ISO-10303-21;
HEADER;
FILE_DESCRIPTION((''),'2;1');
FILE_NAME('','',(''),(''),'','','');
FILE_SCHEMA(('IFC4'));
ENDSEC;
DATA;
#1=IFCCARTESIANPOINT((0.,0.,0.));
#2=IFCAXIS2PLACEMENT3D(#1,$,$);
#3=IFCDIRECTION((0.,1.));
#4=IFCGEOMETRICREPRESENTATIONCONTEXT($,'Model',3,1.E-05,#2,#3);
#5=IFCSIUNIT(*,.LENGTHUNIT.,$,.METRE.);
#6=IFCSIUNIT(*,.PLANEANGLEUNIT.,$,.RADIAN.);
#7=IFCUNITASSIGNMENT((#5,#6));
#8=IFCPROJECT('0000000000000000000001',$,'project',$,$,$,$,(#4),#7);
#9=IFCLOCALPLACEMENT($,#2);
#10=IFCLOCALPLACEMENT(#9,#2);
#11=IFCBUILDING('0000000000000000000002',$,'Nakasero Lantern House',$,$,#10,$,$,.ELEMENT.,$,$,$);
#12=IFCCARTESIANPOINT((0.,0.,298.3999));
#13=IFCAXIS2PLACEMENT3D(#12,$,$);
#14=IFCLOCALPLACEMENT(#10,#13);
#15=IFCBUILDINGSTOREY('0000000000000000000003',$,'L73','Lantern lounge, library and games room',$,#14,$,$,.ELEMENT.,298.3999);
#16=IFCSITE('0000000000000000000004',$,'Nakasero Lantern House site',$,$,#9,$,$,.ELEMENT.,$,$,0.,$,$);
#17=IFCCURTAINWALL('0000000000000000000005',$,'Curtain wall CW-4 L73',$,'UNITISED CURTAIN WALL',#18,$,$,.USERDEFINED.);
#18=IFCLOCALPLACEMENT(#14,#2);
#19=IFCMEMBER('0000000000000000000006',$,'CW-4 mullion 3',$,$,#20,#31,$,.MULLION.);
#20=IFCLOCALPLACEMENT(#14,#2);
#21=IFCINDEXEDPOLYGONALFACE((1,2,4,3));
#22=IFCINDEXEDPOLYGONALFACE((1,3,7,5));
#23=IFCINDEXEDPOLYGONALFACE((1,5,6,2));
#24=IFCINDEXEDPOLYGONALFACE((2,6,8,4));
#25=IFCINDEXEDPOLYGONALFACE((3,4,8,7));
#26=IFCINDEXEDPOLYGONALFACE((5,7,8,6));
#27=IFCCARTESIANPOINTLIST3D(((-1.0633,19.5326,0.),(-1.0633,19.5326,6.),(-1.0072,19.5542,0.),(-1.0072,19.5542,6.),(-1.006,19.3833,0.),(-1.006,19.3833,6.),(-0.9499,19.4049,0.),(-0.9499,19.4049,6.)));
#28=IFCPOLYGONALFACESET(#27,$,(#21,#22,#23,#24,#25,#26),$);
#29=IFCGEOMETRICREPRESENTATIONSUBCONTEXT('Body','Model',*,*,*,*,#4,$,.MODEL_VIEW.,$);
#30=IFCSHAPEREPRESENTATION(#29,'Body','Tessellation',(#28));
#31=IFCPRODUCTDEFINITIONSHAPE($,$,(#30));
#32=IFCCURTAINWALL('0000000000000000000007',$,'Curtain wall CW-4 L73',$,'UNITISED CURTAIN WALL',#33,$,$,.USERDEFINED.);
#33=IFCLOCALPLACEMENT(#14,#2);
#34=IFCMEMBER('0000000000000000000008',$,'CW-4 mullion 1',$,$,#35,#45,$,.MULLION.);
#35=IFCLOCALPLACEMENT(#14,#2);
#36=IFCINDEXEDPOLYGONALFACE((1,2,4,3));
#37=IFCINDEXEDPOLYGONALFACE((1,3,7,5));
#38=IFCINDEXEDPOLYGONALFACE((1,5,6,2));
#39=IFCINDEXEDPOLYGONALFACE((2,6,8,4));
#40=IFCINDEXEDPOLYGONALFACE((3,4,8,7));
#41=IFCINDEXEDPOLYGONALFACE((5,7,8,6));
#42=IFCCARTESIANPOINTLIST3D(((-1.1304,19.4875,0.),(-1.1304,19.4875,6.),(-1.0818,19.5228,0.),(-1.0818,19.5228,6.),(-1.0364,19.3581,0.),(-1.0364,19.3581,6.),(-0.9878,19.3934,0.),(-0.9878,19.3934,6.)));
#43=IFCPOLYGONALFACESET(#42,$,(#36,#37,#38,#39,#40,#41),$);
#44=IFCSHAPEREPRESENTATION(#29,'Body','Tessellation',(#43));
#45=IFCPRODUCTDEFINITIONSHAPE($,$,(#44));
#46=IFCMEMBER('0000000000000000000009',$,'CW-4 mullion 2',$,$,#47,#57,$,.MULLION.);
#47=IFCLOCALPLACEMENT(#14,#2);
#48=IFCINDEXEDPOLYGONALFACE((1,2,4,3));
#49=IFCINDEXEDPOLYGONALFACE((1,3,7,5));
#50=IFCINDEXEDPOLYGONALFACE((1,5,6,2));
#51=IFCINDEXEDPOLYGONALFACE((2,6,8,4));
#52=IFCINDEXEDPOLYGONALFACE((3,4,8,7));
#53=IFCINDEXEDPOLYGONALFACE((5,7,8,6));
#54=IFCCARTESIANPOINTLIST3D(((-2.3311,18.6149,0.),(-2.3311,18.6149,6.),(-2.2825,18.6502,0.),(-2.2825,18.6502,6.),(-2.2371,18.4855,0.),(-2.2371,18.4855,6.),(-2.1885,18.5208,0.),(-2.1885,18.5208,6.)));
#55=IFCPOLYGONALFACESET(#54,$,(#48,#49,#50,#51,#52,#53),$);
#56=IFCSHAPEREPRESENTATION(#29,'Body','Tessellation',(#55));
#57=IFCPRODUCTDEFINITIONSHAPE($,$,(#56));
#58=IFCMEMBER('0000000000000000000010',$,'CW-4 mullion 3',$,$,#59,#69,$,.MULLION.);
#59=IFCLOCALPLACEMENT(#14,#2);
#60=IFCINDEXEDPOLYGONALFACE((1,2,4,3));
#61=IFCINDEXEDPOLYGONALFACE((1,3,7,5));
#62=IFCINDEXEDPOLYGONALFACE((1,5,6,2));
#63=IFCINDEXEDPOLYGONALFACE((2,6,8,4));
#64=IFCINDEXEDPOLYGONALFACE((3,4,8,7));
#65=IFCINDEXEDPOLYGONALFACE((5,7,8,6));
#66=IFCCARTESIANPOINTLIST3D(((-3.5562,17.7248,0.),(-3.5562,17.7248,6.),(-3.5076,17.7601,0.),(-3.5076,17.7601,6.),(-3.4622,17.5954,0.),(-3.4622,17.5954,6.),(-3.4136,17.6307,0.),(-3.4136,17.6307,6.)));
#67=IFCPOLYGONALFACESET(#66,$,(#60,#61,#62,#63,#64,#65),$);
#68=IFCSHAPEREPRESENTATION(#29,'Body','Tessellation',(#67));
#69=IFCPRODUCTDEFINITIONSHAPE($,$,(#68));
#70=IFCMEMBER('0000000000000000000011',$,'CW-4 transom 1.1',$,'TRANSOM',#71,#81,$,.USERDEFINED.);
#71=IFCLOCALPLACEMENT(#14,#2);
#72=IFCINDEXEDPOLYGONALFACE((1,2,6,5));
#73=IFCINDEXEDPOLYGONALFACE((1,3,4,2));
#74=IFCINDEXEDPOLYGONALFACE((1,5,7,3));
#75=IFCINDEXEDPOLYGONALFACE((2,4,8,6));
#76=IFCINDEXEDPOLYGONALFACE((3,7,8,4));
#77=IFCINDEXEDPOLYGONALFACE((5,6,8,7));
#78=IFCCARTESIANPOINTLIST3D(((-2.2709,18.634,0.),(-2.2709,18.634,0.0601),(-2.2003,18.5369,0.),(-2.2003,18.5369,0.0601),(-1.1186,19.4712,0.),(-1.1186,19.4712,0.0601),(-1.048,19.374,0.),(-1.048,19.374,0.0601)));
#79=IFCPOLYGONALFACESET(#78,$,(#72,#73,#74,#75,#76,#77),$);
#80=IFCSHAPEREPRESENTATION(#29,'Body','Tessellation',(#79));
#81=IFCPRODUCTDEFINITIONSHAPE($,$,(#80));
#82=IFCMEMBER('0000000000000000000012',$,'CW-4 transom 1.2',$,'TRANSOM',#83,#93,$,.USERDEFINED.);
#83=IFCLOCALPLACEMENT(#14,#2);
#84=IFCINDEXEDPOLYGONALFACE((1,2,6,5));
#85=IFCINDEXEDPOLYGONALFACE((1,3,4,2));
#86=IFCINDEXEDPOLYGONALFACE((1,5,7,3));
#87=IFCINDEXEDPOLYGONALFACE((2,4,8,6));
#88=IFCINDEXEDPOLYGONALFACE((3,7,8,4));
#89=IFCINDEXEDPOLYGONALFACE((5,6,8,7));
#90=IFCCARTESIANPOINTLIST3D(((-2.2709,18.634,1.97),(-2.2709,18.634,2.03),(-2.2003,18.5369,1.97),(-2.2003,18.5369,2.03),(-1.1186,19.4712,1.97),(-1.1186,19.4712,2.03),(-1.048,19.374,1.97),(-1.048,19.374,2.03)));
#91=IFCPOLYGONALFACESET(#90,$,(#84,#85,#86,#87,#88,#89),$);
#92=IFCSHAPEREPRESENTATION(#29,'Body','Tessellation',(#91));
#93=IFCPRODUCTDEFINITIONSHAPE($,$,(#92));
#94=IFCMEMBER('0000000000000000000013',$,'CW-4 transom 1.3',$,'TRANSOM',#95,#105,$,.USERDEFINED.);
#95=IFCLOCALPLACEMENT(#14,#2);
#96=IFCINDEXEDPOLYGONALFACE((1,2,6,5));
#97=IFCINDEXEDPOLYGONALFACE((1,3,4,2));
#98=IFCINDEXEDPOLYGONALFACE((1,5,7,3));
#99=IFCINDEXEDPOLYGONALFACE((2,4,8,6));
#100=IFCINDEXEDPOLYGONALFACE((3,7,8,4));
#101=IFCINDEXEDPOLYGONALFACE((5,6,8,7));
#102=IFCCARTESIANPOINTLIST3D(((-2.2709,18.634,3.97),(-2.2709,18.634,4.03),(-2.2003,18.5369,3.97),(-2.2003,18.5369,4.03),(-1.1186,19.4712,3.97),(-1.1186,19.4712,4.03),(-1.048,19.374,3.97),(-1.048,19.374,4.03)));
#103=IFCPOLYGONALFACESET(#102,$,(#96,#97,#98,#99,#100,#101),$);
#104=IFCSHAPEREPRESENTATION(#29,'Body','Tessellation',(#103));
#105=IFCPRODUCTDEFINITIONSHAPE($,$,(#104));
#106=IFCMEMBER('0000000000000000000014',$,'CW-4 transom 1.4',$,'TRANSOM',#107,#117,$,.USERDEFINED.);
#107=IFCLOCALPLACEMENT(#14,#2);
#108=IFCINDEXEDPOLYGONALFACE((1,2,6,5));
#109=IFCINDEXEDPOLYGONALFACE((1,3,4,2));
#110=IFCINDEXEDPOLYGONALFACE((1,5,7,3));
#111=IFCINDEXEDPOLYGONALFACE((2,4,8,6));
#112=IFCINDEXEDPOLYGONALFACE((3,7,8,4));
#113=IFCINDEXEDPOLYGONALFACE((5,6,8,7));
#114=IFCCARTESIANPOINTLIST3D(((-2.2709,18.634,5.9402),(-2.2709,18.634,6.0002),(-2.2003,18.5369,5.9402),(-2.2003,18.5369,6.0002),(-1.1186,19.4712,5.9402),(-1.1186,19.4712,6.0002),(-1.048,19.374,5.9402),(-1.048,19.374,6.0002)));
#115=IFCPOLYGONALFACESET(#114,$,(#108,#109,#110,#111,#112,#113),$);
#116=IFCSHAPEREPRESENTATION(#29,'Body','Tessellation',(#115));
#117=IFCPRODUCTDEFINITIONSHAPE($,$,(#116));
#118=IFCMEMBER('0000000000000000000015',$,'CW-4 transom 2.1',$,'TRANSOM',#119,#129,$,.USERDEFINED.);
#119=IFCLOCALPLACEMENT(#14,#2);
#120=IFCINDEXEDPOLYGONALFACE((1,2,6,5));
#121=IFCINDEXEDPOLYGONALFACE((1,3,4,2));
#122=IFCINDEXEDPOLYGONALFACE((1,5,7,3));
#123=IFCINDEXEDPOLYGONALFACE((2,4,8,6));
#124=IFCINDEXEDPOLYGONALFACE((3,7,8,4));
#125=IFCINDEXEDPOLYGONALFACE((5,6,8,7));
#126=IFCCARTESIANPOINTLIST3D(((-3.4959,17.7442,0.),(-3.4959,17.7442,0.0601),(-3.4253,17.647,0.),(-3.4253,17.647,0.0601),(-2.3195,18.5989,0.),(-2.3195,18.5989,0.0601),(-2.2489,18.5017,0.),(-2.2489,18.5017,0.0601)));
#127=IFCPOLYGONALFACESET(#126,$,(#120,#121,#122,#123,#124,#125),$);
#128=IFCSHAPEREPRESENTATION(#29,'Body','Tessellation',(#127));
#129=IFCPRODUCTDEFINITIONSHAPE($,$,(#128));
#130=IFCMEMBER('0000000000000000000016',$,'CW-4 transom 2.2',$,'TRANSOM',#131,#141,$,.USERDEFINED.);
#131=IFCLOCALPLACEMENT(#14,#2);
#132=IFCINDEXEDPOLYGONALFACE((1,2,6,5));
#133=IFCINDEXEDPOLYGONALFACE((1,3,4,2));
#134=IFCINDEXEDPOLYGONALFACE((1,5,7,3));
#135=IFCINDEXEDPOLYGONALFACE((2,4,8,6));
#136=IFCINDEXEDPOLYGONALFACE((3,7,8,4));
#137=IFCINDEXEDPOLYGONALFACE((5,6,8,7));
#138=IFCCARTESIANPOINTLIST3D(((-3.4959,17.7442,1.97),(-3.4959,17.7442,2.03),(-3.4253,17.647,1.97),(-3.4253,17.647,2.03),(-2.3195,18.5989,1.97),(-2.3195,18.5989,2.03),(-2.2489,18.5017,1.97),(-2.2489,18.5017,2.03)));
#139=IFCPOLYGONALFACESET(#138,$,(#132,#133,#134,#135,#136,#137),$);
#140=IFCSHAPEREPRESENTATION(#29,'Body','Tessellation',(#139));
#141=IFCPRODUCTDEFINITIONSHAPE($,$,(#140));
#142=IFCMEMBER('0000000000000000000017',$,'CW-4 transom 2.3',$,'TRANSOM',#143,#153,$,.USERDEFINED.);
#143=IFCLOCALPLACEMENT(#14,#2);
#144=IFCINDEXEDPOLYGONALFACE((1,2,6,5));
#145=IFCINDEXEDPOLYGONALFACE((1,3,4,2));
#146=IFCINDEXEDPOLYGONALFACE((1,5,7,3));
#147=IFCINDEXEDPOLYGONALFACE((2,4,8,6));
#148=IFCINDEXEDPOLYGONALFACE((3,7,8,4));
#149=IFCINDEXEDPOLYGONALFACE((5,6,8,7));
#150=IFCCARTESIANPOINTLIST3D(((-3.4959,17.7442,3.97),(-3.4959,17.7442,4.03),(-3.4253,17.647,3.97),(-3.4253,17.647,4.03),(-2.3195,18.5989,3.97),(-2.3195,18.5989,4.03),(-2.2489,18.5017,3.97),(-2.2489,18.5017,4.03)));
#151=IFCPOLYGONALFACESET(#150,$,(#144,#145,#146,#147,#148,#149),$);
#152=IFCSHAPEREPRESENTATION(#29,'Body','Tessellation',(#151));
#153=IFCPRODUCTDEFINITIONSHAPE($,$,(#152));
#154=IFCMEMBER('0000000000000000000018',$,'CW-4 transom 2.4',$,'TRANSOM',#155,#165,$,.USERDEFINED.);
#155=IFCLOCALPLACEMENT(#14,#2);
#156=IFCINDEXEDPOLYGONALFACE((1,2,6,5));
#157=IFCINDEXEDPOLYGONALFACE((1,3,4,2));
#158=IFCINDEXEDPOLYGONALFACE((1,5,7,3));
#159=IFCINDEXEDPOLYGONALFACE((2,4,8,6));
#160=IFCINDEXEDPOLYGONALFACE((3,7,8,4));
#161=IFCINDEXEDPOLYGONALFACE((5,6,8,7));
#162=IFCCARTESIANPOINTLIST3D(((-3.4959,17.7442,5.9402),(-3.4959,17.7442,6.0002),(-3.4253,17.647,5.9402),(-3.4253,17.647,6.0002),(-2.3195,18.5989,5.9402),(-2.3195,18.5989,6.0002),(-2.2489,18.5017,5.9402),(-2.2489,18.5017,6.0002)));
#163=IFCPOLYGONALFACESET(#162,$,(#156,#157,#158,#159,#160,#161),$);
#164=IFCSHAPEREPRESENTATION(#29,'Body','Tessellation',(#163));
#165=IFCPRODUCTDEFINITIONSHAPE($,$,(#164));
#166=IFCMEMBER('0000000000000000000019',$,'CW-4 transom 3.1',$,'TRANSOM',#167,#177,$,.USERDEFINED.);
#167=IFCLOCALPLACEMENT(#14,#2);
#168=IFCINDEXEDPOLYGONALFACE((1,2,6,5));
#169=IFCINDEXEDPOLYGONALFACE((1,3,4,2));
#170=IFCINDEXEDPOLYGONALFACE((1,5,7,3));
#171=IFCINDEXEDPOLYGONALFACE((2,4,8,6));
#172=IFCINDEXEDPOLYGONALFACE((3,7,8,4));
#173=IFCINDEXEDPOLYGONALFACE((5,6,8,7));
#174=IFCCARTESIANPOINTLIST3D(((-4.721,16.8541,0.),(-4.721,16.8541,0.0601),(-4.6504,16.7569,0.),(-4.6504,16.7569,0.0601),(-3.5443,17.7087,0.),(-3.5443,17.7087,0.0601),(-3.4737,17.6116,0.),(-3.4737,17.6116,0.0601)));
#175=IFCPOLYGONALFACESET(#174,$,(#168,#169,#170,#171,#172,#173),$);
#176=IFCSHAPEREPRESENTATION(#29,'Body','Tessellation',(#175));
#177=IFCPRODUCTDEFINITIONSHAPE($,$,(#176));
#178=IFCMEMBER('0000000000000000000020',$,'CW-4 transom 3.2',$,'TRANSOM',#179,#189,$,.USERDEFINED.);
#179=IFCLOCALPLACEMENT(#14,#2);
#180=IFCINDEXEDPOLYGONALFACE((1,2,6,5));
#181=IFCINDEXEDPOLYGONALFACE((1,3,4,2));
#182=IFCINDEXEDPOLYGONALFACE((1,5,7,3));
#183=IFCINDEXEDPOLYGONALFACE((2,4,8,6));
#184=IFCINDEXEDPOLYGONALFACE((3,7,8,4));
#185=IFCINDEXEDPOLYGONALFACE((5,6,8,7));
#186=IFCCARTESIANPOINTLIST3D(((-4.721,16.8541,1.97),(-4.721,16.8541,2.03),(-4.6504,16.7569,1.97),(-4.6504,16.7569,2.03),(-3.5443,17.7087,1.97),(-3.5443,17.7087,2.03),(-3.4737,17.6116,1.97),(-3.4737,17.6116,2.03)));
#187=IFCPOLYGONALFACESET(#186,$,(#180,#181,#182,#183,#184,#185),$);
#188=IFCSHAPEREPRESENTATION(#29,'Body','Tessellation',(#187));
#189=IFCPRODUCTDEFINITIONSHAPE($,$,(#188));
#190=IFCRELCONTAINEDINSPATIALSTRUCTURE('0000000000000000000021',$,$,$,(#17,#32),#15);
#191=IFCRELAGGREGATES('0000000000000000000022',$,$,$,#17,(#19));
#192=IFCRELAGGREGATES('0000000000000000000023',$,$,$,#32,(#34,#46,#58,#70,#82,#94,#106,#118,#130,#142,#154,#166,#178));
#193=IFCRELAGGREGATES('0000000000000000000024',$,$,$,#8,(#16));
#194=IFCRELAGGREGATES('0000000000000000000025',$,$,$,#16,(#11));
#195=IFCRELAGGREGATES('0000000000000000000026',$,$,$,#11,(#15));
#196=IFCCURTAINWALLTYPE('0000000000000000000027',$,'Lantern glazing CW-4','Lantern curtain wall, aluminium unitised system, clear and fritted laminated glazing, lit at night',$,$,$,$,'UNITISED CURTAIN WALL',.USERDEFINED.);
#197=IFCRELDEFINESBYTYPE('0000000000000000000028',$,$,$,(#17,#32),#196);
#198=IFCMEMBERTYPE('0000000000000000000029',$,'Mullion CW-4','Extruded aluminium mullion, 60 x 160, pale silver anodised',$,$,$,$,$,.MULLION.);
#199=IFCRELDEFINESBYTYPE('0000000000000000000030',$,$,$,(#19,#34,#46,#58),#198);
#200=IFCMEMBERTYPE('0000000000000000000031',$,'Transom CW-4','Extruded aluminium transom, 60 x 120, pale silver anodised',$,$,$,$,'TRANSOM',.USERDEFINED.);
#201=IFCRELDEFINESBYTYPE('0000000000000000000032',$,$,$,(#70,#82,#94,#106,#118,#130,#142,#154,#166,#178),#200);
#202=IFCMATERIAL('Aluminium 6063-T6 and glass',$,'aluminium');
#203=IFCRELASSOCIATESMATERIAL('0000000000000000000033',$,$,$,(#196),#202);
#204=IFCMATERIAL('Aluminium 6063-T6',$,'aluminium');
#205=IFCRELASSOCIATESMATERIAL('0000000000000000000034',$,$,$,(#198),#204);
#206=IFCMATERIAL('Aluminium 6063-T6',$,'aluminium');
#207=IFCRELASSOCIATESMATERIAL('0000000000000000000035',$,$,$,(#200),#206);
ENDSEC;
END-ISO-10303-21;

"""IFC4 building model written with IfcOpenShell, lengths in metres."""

from ifc_helpers import new_model, si_unit, direction, frame, origin, origin_2d, place, context, subcontext, project, spatial, rectangle, extrude, material, material_profile, profile_set, type_object, element, aggregate, save


model = new_model("IFC4")

# Units and contexts
model_context = context("Model", 3, precision=1e-05, world=origin(), true_north=direction((0.0, 1.0)))
body_context = subcontext(model_context, "Body", "Model", "MODEL_VIEW")
ifc_project = project(units=[si_unit("LENGTHUNIT", "METRE"), si_unit("PLANEANGLEUNIT", "RADIAN")], contexts=[model_context])

# Site, building, storey
site_placement = place(None, origin())
site = spatial("IfcSite", under=ifc_project, at=site_placement, Name="Nakasero Lantern House site", CompositionType="ELEMENT", RefElevation=0.0)
building_placement = place(site_placement, origin())
building = spatial("IfcBuilding", under=site, at=building_placement, Name="Nakasero Lantern House", CompositionType="ELEMENT")
storey_placement = place(building_placement, frame((0.0, 0.0, 298.3999)))
storey = spatial("IfcBuildingStorey", under=building, at=storey_placement, Name="L73", Description="Lantern lounge, library and games room", CompositionType="ELEMENT", Elevation=298.3999)

# Curtain wall, member
ifc_material_1 = material(Name="Aluminium 6063-T6 and glass", Category="aluminium")
curtain_wall_type = type_object("IfcCurtainWallType", Name="Lantern glazing CW-4", Description="Lantern curtain wall, aluminium unitised system, clear and fritted laminated glazing, lit at night", ElementType="UNITISED CURTAIN WALL", PredefinedType="USERDEFINED", material=ifc_material_1)
curtain_wall_1_placement = place(storey_placement, origin())
curtain_wall_1 = element("IfcCurtainWall", 1, at=curtain_wall_1_placement, inside=storey, type_object=curtain_wall_type, Name="Curtain wall CW-4 L73", ObjectType="UNITISED CURTAIN WALL", PredefinedType="USERDEFINED")
ifc_material_2 = material(Name="Aluminium 6063-T6", Category="aluminium")
ifc_material_profile_1 = material_profile(ifc_material_2, rectangle(XDim=0.0601, YDim=0.1599, at=origin_2d()), Name="CW-4 mullion 60x160")
ifc_profile_set_1 = profile_set([ifc_material_profile_1], Name="Aluminium 6063-T6")
member_type_1 = type_object("IfcMemberType", Name="Mullion CW-4", Description="Extruded aluminium mullion, 60 x 160, pale silver anodised", PredefinedType="MULLION", material=ifc_profile_set_1)
member_1_placement = place(storey_placement, frame((-1.0066, 19.4688, 0.0), z_axis=(0.0, 0.0, 1.0), x_axis=(-0.93358, -0.358368, 0.0)))
member_1 = element("IfcMember", 2, at=member_1_placement, type_object=member_type_1, Name="CW-4 mullion 3", PredefinedType="MULLION", context=body_context, shape_type="SweptSolid", body=[
    extrude(rectangle(XDim=0.0601, YDim=0.1599, at=origin_2d()), origin(), (0.0, 0.0, 1.0), 6.0),
])

# Curtain wall, members
curtain_wall_2_placement = place(storey_placement, origin())
curtain_wall_2 = element("IfcCurtainWall", 3, at=curtain_wall_2_placement, inside=storey, type_object=curtain_wall_type, Name="Curtain wall CW-4 L73", ObjectType="UNITISED CURTAIN WALL", PredefinedType="USERDEFINED")
member_2_placement = place(storey_placement, frame((-1.0591, 19.4404, 0.0), z_axis=(0.0, 0.0, 1.0), x_axis=(-0.809017, -0.587785, 0.0)))
member_2 = element("IfcMember", 4, at=member_2_placement, type_object=member_type_1, Name="CW-4 mullion 1", PredefinedType="MULLION", context=body_context, shape_type="SweptSolid", body=[
    extrude(rectangle(XDim=0.0601, YDim=0.1599, at=origin_2d()), origin(), (0.0, 0.0, 1.0), 6.0),
])
member_3_placement = place(storey_placement, frame((-2.2598, 18.5679, 0.0), z_axis=(0.0, 0.0, 1.0), x_axis=(-0.809017, -0.587785, 0.0)))
member_3 = element("IfcMember", 5, at=member_3_placement, type_object=member_type_1, Name="CW-4 mullion 2", PredefinedType="MULLION", context=body_context, shape_type="SweptSolid", body=[
    extrude(rectangle(XDim=0.0601, YDim=0.1599, at=origin_2d()), origin(), (0.0, 0.0, 1.0), 6.0),
])
member_4_placement = place(storey_placement, frame((-3.4849, 17.6777, 0.0), z_axis=(0.0, 0.0, 1.0), x_axis=(-0.809017, -0.587785, 0.0)))
member_4 = element("IfcMember", 6, at=member_4_placement, type_object=member_type_1, Name="CW-4 mullion 3", PredefinedType="MULLION", context=body_context, shape_type="SweptSolid", body=[
    extrude(rectangle(XDim=0.0601, YDim=0.1599, at=origin_2d()), origin(), (0.0, 0.0, 1.0), 6.0),
])
ifc_material_3 = material(Name="Aluminium 6063-T6", Category="aluminium")
ifc_material_profile_2 = material_profile(ifc_material_3, rectangle(XDim=0.0601, YDim=0.1201, at=origin_2d()), Name="CW-4 transom 60x120")
ifc_profile_set_2 = profile_set([ifc_material_profile_2], Name="Aluminium 6063-T6")
member_type_2 = type_object("IfcMemberType", Name="Transom CW-4", Description="Extruded aluminium transom, 60 x 120, pale silver anodised", ElementType="TRANSOM", PredefinedType="USERDEFINED", material=ifc_profile_set_2)
member_5_placement = place(storey_placement, frame((-1.0833, 19.4226, 0.03), z_axis=(-0.80904, -0.587754, 0.0), x_axis=(0.0, 0.0, 1.0)))
member_5 = element("IfcMember", 7, at=member_5_placement, type_object=member_type_2, Name="CW-4 transom 1.1", ObjectType="TRANSOM", PredefinedType="USERDEFINED", context=body_context, shape_type="SweptSolid", body=[
    extrude(rectangle(XDim=0.0601, YDim=0.1201, at=origin_2d()), origin(), (0.0, 0.0, 1.0), 1.4243),
])
member_6_placement = place(storey_placement, frame((-1.0833, 19.4226, 2.0), z_axis=(-0.80904, -0.587754, 0.0), x_axis=(0.0, 0.0, 1.0)))
member_6 = element("IfcMember", 8, at=member_6_placement, type_object=member_type_2, Name="CW-4 transom 1.2", ObjectType="TRANSOM", PredefinedType="USERDEFINED", context=body_context, shape_type="SweptSolid", body=[
    extrude(rectangle(XDim=0.0601, YDim=0.1201, at=origin_2d()), origin(), (0.0, 0.0, 1.0), 1.4243),
])
member_7_placement = place(storey_placement, frame((-1.0833, 19.4226, 4.0), z_axis=(-0.80904, -0.587754, 0.0), x_axis=(0.0, 0.0, 1.0)))
member_7 = element("IfcMember", 9, at=member_7_placement, type_object=member_type_2, Name="CW-4 transom 1.3", ObjectType="TRANSOM", PredefinedType="USERDEFINED", context=body_context, shape_type="SweptSolid", body=[
    extrude(rectangle(XDim=0.0601, YDim=0.1201, at=origin_2d()), origin(), (0.0, 0.0, 1.0), 1.4243),
])
member_8_placement = place(storey_placement, frame((-1.0833, 19.4226, 5.9702), z_axis=(-0.80904, -0.587754, 0.0), x_axis=(0.0, 0.0, 1.0)))
member_8 = element("IfcMember", 10, at=member_8_placement, type_object=member_type_2, Name="CW-4 transom 1.4", ObjectType="TRANSOM", PredefinedType="USERDEFINED", context=body_context, shape_type="SweptSolid", body=[
    extrude(rectangle(XDim=0.0601, YDim=0.1201, at=origin_2d()), origin(), (0.0, 0.0, 1.0), 1.4243),
])
member_9_placement = place(storey_placement, frame((-2.2842, 18.5503, 0.03), z_axis=(-0.809034, -0.587762, 0.0), x_axis=(0.0, 0.0, 1.0)))
member_9 = element("IfcMember", 11, at=member_9_placement, type_object=member_type_2, Name="CW-4 transom 2.1", ObjectType="TRANSOM", PredefinedType="USERDEFINED", context=body_context, shape_type="SweptSolid", body=[
    extrude(rectangle(XDim=0.0601, YDim=0.1201, at=origin_2d()), origin(), (0.0, 0.0, 1.0), 1.4541),
])
member_10_placement = place(storey_placement, frame((-2.2842, 18.5503, 2.0), z_axis=(-0.809034, -0.587762, 0.0), x_axis=(0.0, 0.0, 1.0)))
member_10 = element("IfcMember", 12, at=member_10_placement, type_object=member_type_2, Name="CW-4 transom 2.2", ObjectType="TRANSOM", PredefinedType="USERDEFINED", context=body_context, shape_type="SweptSolid", body=[
    extrude(rectangle(XDim=0.0601, YDim=0.1201, at=origin_2d()), origin(), (0.0, 0.0, 1.0), 1.4541),
])
member_11_placement = place(storey_placement, frame((-2.2842, 18.5503, 4.0), z_axis=(-0.809034, -0.587762, 0.0), x_axis=(0.0, 0.0, 1.0)))
member_11 = element("IfcMember", 13, at=member_11_placement, type_object=member_type_2, Name="CW-4 transom 2.3", ObjectType="TRANSOM", PredefinedType="USERDEFINED", context=body_context, shape_type="SweptSolid", body=[
    extrude(rectangle(XDim=0.0601, YDim=0.1201, at=origin_2d()), origin(), (0.0, 0.0, 1.0), 1.4541),
])
member_12_placement = place(storey_placement, frame((-2.2842, 18.5503, 5.9702), z_axis=(-0.809034, -0.587762, 0.0), x_axis=(0.0, 0.0, 1.0)))
member_12 = element("IfcMember", 14, at=member_12_placement, type_object=member_type_2, Name="CW-4 transom 2.4", ObjectType="TRANSOM", PredefinedType="USERDEFINED", context=body_context, shape_type="SweptSolid", body=[
    extrude(rectangle(XDim=0.0601, YDim=0.1201, at=origin_2d()), origin(), (0.0, 0.0, 1.0), 1.4541),
])
member_13_placement = place(storey_placement, frame((-3.509, 17.6602, 0.03), z_axis=(-0.809092, -0.587683, 0.0), x_axis=(0.0, 0.0, 1.0)))
member_13 = element("IfcMember", 15, at=member_13_placement, type_object=member_type_2, Name="CW-4 transom 3.1", ObjectType="TRANSOM", PredefinedType="USERDEFINED", context=body_context, shape_type="SweptSolid", body=[
    extrude(rectangle(XDim=0.0601, YDim=0.1201, at=origin_2d()), origin(), (0.0, 0.0, 1.0), 1.4543),
])
member_14_placement = place(storey_placement, frame((-3.509, 17.6602, 2.0), z_axis=(-0.809092, -0.587683, 0.0), x_axis=(0.0, 0.0, 1.0)))
member_14 = element("IfcMember", 16, at=member_14_placement, type_object=member_type_2, Name="CW-4 transom 3.2", ObjectType="TRANSOM", PredefinedType="USERDEFINED", context=body_context, shape_type="SweptSolid", body=[
    extrude(rectangle(XDim=0.0601, YDim=0.1201, at=origin_2d()), origin(), (0.0, 0.0, 1.0), 1.4543),
])

aggregate(curtain_wall_1, [member_1])
aggregate(curtain_wall_2, [member_2, member_3, member_4, member_5, member_6, member_7, member_8, member_9, member_10, member_11, member_12, member_13, member_14])

save(model, "model.ifc")
